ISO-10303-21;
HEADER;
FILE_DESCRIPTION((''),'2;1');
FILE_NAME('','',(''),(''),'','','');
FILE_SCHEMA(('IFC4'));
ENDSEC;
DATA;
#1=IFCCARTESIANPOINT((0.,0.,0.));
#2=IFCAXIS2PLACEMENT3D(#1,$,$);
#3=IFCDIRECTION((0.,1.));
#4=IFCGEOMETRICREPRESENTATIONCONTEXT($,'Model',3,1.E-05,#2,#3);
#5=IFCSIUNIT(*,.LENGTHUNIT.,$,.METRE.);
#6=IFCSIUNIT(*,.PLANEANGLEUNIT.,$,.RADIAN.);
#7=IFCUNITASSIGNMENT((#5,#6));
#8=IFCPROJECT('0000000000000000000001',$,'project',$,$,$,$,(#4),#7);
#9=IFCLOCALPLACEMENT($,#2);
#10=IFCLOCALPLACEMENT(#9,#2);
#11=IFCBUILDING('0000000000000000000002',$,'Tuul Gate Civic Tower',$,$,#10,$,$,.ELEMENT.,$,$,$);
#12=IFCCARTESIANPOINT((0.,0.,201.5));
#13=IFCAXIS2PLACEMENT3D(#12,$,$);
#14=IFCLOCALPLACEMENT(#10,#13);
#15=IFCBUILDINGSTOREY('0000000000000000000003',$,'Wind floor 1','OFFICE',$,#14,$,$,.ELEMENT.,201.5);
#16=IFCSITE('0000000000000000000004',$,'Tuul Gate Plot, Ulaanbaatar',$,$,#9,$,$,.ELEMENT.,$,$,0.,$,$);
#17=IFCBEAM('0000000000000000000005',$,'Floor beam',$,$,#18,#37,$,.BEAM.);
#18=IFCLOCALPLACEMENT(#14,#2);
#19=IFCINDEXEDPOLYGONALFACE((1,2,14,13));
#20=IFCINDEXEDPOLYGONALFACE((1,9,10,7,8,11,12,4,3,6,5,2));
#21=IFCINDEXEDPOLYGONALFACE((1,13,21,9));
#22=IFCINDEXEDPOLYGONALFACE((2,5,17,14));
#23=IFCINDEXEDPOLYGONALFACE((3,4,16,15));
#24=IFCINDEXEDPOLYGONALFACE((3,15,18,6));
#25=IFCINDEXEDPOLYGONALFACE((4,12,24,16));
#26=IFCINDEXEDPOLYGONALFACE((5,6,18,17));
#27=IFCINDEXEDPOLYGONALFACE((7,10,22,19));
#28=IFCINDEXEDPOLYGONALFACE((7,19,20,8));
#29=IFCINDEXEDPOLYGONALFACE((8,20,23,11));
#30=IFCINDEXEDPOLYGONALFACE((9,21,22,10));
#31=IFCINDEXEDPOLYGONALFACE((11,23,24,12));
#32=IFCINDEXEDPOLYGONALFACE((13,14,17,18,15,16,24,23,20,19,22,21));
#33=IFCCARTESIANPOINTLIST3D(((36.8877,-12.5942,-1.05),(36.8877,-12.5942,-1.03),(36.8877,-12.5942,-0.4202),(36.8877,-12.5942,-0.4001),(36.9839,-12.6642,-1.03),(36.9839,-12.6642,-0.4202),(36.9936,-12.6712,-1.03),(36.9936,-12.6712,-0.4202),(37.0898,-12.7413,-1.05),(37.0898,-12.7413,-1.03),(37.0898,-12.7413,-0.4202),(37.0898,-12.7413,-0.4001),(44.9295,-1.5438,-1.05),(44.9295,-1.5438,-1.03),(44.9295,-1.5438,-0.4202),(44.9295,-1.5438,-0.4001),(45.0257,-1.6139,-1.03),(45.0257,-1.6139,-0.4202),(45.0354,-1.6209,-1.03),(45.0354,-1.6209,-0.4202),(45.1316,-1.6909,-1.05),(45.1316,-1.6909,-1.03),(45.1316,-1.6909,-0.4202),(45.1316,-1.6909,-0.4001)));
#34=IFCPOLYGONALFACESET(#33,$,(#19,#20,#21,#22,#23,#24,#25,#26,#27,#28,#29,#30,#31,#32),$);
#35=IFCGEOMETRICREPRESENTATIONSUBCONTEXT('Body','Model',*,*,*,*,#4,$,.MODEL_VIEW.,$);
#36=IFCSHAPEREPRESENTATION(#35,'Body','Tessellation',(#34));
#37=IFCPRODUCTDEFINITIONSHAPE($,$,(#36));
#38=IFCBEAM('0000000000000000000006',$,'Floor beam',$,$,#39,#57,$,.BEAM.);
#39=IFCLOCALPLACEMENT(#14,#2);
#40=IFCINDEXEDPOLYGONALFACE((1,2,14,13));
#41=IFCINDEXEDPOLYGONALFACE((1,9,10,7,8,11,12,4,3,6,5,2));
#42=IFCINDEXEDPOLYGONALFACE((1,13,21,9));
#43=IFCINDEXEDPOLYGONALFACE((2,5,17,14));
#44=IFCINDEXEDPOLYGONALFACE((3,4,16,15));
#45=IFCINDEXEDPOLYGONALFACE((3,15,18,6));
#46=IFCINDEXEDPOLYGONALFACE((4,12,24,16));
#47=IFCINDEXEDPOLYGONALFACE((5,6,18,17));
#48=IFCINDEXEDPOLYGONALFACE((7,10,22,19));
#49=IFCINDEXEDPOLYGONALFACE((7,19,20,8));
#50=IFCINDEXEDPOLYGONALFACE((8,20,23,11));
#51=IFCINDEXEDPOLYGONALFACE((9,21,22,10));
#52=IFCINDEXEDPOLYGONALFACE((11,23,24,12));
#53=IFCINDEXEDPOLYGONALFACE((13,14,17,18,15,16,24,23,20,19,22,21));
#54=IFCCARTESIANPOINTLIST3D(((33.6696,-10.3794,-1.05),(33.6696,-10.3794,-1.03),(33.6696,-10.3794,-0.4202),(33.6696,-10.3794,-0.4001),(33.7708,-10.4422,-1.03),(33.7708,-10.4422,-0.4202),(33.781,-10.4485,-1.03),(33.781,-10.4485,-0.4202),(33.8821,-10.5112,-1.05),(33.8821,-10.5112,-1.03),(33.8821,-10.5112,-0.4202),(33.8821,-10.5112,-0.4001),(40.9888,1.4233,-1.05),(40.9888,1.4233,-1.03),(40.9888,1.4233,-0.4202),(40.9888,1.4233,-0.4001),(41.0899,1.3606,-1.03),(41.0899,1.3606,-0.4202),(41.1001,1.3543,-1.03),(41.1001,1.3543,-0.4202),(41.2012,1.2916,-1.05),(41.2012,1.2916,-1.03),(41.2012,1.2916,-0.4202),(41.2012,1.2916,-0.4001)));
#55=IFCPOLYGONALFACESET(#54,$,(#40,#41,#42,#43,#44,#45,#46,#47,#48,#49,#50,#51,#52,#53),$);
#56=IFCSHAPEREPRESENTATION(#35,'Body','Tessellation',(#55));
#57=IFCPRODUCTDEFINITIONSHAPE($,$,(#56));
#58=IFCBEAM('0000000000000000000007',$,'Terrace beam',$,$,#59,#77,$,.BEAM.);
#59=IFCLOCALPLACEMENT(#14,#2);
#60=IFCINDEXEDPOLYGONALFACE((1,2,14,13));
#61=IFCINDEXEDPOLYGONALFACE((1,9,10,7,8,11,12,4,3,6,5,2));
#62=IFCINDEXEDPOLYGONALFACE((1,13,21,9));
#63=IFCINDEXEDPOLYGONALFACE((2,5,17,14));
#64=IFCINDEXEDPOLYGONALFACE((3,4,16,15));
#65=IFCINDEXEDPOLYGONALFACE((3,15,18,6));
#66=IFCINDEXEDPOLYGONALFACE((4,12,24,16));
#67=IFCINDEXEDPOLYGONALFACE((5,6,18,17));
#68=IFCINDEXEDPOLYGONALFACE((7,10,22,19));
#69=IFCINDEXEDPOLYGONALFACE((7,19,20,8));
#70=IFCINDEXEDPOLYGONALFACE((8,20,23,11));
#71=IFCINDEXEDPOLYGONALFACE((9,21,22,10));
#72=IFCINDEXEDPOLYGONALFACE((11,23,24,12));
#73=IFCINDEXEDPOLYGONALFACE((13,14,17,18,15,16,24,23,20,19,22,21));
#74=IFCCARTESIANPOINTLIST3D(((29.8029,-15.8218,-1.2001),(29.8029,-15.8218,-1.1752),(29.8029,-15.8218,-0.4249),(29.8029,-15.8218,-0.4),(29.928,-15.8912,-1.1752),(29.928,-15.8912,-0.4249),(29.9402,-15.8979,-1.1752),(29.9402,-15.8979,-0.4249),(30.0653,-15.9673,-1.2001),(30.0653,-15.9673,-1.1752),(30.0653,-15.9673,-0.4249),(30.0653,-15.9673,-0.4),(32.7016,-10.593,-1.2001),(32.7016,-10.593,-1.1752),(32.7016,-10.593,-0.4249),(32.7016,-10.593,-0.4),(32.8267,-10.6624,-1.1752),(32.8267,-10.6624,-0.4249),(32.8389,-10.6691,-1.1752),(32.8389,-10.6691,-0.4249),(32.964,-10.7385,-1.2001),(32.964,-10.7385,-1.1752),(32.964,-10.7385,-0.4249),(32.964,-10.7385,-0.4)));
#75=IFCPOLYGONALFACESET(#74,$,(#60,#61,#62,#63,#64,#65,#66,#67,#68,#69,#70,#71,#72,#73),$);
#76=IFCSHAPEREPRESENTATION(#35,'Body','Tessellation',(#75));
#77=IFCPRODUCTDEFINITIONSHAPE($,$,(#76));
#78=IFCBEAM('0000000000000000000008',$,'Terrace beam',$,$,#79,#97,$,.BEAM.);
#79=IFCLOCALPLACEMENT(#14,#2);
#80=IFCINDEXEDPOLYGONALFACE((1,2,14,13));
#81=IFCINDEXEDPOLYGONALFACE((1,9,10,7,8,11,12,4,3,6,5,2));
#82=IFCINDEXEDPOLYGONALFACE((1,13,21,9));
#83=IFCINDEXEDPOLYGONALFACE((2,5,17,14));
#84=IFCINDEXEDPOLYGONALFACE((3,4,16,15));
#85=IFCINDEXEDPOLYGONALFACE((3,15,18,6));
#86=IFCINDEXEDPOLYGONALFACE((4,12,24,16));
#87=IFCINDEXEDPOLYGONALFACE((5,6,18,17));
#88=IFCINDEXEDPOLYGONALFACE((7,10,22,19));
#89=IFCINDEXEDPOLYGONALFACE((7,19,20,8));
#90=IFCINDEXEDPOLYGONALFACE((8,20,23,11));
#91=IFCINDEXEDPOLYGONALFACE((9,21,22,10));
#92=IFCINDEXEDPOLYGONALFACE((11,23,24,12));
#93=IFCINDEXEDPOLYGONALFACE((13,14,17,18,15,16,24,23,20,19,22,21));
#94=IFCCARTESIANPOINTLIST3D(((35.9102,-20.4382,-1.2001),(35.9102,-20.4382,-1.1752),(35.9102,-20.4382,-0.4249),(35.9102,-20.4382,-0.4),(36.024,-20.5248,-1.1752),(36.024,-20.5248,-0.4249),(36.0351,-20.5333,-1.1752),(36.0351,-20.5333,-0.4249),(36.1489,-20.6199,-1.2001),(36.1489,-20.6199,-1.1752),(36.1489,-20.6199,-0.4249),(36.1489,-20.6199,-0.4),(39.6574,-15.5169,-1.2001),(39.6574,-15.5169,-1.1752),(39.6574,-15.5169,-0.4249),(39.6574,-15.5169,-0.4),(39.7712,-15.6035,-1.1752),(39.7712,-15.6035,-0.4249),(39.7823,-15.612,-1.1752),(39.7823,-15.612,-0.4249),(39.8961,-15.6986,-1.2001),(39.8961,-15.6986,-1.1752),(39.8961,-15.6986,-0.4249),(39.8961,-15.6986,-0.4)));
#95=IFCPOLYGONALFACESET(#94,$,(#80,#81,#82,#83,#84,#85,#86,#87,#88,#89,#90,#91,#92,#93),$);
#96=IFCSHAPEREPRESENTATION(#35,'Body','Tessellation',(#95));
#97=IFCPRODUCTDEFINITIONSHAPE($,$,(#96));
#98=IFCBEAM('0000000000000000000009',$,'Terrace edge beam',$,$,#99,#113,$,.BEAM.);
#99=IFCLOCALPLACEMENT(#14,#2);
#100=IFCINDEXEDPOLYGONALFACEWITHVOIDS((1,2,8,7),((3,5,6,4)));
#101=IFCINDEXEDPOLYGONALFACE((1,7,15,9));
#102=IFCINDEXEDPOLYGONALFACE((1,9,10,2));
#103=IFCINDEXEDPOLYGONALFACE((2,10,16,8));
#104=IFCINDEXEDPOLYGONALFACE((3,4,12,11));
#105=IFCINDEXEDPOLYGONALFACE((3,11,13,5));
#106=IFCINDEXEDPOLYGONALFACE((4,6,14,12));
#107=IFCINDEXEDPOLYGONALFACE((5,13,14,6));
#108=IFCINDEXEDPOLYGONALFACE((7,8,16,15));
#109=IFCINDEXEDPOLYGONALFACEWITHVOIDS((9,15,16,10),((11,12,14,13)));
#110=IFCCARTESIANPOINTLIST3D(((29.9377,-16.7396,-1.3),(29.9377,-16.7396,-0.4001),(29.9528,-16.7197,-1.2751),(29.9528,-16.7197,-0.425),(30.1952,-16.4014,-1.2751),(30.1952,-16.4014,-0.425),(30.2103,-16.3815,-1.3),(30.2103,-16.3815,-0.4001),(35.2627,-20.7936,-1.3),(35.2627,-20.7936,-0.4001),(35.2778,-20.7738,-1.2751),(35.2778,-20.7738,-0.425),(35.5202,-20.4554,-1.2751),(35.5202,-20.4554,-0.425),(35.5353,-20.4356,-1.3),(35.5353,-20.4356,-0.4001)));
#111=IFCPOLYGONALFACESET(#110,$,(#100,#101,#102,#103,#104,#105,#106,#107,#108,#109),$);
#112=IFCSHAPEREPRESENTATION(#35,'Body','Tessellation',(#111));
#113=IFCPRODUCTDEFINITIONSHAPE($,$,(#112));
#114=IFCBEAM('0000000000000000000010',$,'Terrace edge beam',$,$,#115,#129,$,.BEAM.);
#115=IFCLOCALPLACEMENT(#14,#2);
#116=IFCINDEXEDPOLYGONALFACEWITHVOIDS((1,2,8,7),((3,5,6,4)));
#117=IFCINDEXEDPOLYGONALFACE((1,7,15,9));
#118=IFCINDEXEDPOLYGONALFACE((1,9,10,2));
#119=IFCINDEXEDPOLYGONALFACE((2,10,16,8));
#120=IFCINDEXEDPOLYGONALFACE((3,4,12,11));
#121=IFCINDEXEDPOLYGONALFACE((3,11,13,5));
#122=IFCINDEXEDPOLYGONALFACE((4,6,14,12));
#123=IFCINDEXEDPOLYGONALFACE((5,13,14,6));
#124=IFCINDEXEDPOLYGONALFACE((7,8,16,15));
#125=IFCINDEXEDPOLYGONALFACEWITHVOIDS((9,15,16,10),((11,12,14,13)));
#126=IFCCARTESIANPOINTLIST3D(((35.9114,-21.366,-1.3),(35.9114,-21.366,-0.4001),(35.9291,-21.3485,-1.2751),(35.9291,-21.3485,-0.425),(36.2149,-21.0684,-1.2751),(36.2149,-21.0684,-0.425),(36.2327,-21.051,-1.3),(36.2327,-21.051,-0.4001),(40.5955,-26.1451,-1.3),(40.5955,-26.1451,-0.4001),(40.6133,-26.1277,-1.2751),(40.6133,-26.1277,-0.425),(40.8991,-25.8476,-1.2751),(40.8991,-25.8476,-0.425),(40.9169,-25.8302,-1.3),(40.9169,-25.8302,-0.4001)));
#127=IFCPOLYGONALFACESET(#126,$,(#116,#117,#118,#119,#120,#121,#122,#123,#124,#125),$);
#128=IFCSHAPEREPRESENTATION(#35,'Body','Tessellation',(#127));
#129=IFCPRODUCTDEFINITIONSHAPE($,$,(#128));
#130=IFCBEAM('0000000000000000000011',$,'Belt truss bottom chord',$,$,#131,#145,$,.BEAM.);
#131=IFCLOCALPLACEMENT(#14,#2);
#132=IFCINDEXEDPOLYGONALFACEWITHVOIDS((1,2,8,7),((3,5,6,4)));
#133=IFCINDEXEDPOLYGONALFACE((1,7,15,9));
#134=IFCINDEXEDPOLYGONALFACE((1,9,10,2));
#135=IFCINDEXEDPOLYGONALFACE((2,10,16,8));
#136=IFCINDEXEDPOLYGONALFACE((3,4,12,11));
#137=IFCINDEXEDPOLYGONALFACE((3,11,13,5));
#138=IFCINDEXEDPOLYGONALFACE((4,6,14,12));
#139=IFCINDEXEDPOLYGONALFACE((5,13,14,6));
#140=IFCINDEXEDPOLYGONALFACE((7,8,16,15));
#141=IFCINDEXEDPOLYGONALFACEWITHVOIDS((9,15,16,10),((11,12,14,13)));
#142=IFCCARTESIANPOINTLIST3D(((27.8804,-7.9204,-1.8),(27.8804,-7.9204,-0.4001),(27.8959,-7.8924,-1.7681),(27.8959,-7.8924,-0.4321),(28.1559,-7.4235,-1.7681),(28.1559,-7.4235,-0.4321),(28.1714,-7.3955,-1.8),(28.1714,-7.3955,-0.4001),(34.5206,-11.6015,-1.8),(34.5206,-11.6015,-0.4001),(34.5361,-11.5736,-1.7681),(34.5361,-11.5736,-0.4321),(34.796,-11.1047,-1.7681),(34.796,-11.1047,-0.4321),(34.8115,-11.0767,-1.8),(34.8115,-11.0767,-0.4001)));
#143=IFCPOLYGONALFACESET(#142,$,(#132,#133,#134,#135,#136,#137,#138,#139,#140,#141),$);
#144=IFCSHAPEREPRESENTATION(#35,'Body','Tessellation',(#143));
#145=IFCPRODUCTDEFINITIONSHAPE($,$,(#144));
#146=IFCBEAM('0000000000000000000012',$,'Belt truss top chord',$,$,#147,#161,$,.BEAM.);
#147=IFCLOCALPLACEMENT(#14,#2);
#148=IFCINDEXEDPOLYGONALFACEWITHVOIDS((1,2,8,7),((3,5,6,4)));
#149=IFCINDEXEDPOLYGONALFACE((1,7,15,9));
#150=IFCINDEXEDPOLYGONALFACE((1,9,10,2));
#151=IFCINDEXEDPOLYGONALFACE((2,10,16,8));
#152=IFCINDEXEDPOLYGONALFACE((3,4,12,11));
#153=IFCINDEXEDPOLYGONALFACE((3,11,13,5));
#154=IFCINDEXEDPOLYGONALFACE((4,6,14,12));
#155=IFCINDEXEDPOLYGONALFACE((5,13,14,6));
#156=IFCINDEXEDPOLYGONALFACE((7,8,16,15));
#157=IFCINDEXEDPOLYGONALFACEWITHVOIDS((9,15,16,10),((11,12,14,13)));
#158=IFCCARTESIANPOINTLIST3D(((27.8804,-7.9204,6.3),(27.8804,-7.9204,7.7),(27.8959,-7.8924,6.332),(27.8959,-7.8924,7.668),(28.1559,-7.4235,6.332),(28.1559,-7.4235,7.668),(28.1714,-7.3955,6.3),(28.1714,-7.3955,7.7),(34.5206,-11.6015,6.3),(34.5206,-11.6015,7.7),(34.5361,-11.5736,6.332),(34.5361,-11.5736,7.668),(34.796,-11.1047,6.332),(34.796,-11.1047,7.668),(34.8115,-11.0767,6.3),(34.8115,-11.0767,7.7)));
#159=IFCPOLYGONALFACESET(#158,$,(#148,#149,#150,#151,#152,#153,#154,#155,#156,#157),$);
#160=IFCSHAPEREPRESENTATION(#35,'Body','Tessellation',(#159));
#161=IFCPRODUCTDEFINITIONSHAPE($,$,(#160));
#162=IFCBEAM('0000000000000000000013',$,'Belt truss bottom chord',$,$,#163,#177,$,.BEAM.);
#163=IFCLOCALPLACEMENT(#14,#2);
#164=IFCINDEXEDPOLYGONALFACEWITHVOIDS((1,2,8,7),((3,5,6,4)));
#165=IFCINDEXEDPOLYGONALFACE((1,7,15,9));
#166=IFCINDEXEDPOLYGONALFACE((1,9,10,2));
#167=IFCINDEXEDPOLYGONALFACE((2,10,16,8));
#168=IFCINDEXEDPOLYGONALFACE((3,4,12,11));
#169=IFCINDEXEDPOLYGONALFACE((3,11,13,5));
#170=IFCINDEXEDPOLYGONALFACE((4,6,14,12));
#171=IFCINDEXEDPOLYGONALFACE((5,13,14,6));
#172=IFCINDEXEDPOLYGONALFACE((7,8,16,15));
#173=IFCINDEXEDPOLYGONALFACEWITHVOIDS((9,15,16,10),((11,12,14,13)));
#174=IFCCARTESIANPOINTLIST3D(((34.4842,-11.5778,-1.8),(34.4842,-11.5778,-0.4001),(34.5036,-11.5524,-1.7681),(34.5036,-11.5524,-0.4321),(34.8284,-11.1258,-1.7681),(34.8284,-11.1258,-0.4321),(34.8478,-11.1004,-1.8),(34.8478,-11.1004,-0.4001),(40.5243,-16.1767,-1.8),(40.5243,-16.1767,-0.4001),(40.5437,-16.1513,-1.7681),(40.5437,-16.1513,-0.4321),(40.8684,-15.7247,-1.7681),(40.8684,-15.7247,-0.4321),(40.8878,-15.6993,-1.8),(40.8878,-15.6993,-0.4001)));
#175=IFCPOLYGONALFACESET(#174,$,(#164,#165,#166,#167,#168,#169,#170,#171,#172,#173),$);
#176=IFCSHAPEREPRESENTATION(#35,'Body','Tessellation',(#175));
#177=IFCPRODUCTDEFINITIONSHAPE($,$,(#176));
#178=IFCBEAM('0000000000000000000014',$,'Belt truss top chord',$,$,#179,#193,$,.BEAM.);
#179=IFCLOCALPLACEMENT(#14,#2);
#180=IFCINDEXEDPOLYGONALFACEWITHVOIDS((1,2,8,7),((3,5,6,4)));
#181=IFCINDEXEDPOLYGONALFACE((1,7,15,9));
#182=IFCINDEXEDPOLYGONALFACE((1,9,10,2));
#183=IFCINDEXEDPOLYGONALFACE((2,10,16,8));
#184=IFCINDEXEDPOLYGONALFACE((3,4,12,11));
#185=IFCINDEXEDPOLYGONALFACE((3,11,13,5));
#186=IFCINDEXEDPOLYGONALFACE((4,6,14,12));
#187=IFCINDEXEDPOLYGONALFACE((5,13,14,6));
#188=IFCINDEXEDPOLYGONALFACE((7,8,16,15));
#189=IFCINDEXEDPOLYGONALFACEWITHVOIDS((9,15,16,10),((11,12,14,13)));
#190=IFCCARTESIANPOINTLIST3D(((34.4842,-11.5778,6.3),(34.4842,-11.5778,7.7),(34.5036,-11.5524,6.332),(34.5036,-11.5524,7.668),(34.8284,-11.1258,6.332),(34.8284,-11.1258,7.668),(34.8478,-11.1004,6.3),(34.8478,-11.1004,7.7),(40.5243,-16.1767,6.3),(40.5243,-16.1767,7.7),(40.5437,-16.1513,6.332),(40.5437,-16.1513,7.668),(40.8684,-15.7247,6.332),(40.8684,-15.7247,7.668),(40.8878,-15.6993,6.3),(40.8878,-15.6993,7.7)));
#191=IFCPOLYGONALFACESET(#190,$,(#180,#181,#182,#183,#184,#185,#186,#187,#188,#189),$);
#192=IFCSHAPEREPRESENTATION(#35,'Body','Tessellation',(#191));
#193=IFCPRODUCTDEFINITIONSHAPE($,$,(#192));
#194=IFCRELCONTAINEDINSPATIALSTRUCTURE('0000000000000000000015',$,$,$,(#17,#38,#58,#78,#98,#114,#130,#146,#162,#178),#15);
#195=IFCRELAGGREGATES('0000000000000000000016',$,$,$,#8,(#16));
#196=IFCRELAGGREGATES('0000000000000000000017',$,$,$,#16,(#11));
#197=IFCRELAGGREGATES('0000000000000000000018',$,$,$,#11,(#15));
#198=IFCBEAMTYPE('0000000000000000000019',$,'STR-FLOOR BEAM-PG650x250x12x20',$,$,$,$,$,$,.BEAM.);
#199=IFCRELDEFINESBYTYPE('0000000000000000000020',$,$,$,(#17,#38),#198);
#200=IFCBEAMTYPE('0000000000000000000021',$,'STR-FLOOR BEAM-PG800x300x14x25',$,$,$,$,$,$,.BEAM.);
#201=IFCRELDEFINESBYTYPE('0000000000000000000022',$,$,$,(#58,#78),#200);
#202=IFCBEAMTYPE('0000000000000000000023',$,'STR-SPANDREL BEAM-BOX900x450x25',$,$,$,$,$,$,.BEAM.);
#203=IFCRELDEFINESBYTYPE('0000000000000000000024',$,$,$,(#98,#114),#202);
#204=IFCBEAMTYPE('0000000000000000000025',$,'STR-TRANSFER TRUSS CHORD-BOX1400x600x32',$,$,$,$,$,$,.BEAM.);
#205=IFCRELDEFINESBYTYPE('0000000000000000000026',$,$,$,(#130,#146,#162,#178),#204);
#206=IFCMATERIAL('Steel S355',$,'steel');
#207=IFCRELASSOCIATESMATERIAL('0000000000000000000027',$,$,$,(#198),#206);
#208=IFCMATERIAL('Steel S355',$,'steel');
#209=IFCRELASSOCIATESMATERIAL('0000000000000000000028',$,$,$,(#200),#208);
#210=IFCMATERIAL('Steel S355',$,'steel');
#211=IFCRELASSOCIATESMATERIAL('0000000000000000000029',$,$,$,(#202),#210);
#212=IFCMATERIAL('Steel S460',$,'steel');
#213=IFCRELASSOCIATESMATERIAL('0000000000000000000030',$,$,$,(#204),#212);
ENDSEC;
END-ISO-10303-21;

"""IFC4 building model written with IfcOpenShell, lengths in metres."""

from ifc_helpers import new_model, si_unit, direction, frame, origin, origin_2d, place, context, subcontext, project, spatial, hollow_rectangle, i_section, extrude, material, material_profile, profile_set, type_object, element, save


model = new_model("IFC4")

# Units and contexts
model_context = context("Model", 3, precision=1e-05, world=origin(), true_north=direction((0.0, 1.0)))
body_context = subcontext(model_context, "Body", "Model", "MODEL_VIEW")
ifc_project = project(units=[si_unit("LENGTHUNIT", "METRE"), si_unit("PLANEANGLEUNIT", "RADIAN")], contexts=[model_context])

# Site, building, storey
site_placement = place(None, origin())
site = spatial("IfcSite", under=ifc_project, at=site_placement, Name="Tuul Gate Plot, Ulaanbaatar", CompositionType="ELEMENT", RefElevation=0.0)
building_placement = place(site_placement, origin())
building = spatial("IfcBuilding", under=site, at=building_placement, Name="Tuul Gate Civic Tower", CompositionType="ELEMENT")
storey_placement = place(building_placement, frame((0.0, 0.0, 201.5)))
storey = spatial("IfcBuildingStorey", under=building, at=storey_placement, Name="Wind floor 1", Description="OFFICE", CompositionType="ELEMENT", Elevation=201.5)

# Beams
ifc_material_1 = material(Name="Steel S355", Category="steel")
ifc_material_profile_1 = material_profile(ifc_material_1, i_section(OverallWidth=0.25, OverallDepth=0.6499, WebThickness=0.012, FlangeThickness=0.02, at=origin_2d()), Name="PG650x250x12x20")
ifc_profile_set_1 = profile_set([ifc_material_profile_1], Name="Steel S355")
beam_type_1 = type_object("IfcBeamType", Name="STR-FLOOR BEAM-PG650x250x12x20", PredefinedType="BEAM", material=ifc_profile_set_1)
beam_1_placement = place(storey_placement, frame((36.9888, -12.6677, -0.7251), z_axis=(0.588419, 0.808556, 0.0), x_axis=(-0.808556, 0.588419, 0.0)))
element("IfcBeam", 1, at=beam_1_placement, inside=storey, type_object=beam_type_1, Name="Floor beam", PredefinedType="BEAM", context=body_context, shape_type="SweptSolid", body=[
    extrude(i_section(OverallWidth=0.25, OverallDepth=0.6499, WebThickness=0.012, FlangeThickness=0.02, at=origin_2d()), origin(), (0.0, 0.0, 1.0), 13.6667),
])
beam_2_placement = place(storey_placement, frame((33.7759, -10.4453, -0.7251), z_axis=(0.527012, 0.849858, 0.0), x_axis=(-0.849858, 0.527012, 0.0)))
element("IfcBeam", 2, at=beam_2_placement, inside=storey, type_object=beam_type_1, Name="Floor beam", PredefinedType="BEAM", context=body_context, shape_type="SweptSolid", body=[
    extrude(i_section(OverallWidth=0.25, OverallDepth=0.6499, WebThickness=0.012, FlangeThickness=0.02, at=origin_2d()), origin(), (0.0, 0.0, 1.0), 13.8879),
])
ifc_material_2 = material(Name="Steel S355", Category="steel")
ifc_material_profile_2 = material_profile(ifc_material_2, i_section(OverallWidth=0.3, OverallDepth=0.8, WebThickness=0.0139, FlangeThickness=0.0249, at=origin_2d()), Name="PG800x300x14x25")
ifc_profile_set_2 = profile_set([ifc_material_profile_2], Name="Steel S355")
beam_type_2 = type_object("IfcBeamType", Name="STR-FLOOR BEAM-PG800x300x14x25", PredefinedType="BEAM", material=ifc_profile_set_2)
beam_3_placement = place(storey_placement, frame((29.9341, -15.8945, -0.8), z_axis=(0.484852, 0.874596, 0.0), x_axis=(-0.874596, 0.484852, 0.0)))
element("IfcBeam", 3, at=beam_3_placement, inside=storey, type_object=beam_type_2, Name="Terrace beam", PredefinedType="BEAM", context=body_context, shape_type="SweptSolid", body=[
    extrude(i_section(OverallWidth=0.3, OverallDepth=0.8, WebThickness=0.0139, FlangeThickness=0.0249, at=origin_2d()), origin(), (0.0, 0.0, 1.0), 5.9785),
])
beam_4_placement = place(storey_placement, frame((36.0295, -20.5291, -0.8), z_axis=(0.605807, 0.795612, 0.0), x_axis=(-0.795612, 0.605807, 0.0)))
element("IfcBeam", 4, at=beam_4_placement, inside=storey, type_object=beam_type_2, Name="Terrace beam", PredefinedType="BEAM", context=body_context, shape_type="SweptSolid", body=[
    extrude(i_section(OverallWidth=0.3, OverallDepth=0.8, WebThickness=0.0139, FlangeThickness=0.0249, at=origin_2d()), origin(), (0.0, 0.0, 1.0), 6.1855),
])
ifc_material_3 = material(Name="Steel S355", Category="steel")
ifc_material_profile_3 = material_profile(ifc_material_3, hollow_rectangle(XDim=0.45, YDim=0.8999, WallThickness=0.0249, at=origin_2d()), Name="BOX900x450x25")
ifc_profile_set_3 = profile_set([ifc_material_profile_3], Name="Steel S355")
beam_type_3 = type_object("IfcBeamType", Name="STR-SPANDREL BEAM-BOX900x450x25", PredefinedType="BEAM", material=ifc_profile_set_3)
beam_5_placement = place(storey_placement, frame((30.074, -16.5605, -0.8501), z_axis=(0.795659, -0.605745, 0.0), x_axis=(0.605745, 0.795659, 0.0)))
element("IfcBeam", 5, at=beam_5_placement, inside=storey, type_object=beam_type_3, Name="Terrace edge beam", PredefinedType="BEAM", context=body_context, shape_type="SweptSolid", body=[
    extrude(hollow_rectangle(XDim=0.45, YDim=0.8999, WallThickness=0.0249, at=origin_2d()), origin(), (0.0, 0.0, 1.0), 6.6926),
])
beam_6_placement = place(storey_placement, frame((36.072, -21.2085, -0.8501), z_axis=(0.699975, -0.714167, 0.0), x_axis=(0.714167, 0.699975, 0.0)))
element("IfcBeam", 6, at=beam_6_placement, inside=storey, type_object=beam_type_3, Name="Terrace edge beam", PredefinedType="BEAM", context=body_context, shape_type="SweptSolid", body=[
    extrude(hollow_rectangle(XDim=0.45, YDim=0.8999, WallThickness=0.0249, at=origin_2d()), origin(), (0.0, 0.0, 1.0), 6.6919),
])
ifc_material_4 = material(Name="Steel S460", Category="steel")
ifc_material_profile_4 = material_profile(ifc_material_4, hollow_rectangle(XDim=0.6001, YDim=1.3999, WallThickness=0.032, at=origin_2d()), Name="BOX1400x600x32")
ifc_profile_set_4 = profile_set([ifc_material_profile_4], Name="Steel S460")
beam_type_4 = type_object("IfcBeamType", Name="STR-TRANSFER TRUSS CHORD-BOX1400x600x32", PredefinedType="BEAM", material=ifc_profile_set_4)
for number, where, z_axis, x_axis, name in (
    (7, (28.0259, -7.658, -1.1001), (0.874594, -0.484856, 0.0), (0.484856, 0.874594, 0.0), "Belt truss bottom chord"),
    (8, (28.0259, -7.658, 7.0), (0.874594, -0.484856, 0.0), (0.484856, 0.874594, 0.0), "Belt truss top chord"),
):
    element("IfcBeam", number, at=place(storey_placement, frame(where, z_axis=z_axis, x_axis=x_axis)), inside=storey, type_object=beam_type_4, Name=name, PredefinedType="BEAM", context=body_context, shape_type="SweptSolid", body=[
        extrude(hollow_rectangle(XDim=0.6001, YDim=1.3999, WallThickness=0.032, at=origin_2d()), origin(), (0.0, 0.0, 1.0), 7.5923),
    ])
for number, where, z_axis, x_axis, name in (
    (9, (34.666, -11.3391, -1.1001), (0.795626, -0.605788, 0.0), (0.605788, 0.795626, 0.0), "Belt truss bottom chord"),
    (10, (34.666, -11.3391, 7.0), (0.795626, -0.605788, 0.0), (0.605788, 0.795626, 0.0), "Belt truss top chord"),
):
    element("IfcBeam", number, at=place(storey_placement, frame(where, z_axis=z_axis, x_axis=x_axis)), inside=storey, type_object=beam_type_4, Name=name, PredefinedType="BEAM", context=body_context, shape_type="SweptSolid", body=[
        extrude(hollow_rectangle(XDim=0.6001, YDim=1.3999, WallThickness=0.032, at=origin_2d()), origin(), (0.0, 0.0, 1.0), 7.5916),
    ])

save(model, "model.ifc")
